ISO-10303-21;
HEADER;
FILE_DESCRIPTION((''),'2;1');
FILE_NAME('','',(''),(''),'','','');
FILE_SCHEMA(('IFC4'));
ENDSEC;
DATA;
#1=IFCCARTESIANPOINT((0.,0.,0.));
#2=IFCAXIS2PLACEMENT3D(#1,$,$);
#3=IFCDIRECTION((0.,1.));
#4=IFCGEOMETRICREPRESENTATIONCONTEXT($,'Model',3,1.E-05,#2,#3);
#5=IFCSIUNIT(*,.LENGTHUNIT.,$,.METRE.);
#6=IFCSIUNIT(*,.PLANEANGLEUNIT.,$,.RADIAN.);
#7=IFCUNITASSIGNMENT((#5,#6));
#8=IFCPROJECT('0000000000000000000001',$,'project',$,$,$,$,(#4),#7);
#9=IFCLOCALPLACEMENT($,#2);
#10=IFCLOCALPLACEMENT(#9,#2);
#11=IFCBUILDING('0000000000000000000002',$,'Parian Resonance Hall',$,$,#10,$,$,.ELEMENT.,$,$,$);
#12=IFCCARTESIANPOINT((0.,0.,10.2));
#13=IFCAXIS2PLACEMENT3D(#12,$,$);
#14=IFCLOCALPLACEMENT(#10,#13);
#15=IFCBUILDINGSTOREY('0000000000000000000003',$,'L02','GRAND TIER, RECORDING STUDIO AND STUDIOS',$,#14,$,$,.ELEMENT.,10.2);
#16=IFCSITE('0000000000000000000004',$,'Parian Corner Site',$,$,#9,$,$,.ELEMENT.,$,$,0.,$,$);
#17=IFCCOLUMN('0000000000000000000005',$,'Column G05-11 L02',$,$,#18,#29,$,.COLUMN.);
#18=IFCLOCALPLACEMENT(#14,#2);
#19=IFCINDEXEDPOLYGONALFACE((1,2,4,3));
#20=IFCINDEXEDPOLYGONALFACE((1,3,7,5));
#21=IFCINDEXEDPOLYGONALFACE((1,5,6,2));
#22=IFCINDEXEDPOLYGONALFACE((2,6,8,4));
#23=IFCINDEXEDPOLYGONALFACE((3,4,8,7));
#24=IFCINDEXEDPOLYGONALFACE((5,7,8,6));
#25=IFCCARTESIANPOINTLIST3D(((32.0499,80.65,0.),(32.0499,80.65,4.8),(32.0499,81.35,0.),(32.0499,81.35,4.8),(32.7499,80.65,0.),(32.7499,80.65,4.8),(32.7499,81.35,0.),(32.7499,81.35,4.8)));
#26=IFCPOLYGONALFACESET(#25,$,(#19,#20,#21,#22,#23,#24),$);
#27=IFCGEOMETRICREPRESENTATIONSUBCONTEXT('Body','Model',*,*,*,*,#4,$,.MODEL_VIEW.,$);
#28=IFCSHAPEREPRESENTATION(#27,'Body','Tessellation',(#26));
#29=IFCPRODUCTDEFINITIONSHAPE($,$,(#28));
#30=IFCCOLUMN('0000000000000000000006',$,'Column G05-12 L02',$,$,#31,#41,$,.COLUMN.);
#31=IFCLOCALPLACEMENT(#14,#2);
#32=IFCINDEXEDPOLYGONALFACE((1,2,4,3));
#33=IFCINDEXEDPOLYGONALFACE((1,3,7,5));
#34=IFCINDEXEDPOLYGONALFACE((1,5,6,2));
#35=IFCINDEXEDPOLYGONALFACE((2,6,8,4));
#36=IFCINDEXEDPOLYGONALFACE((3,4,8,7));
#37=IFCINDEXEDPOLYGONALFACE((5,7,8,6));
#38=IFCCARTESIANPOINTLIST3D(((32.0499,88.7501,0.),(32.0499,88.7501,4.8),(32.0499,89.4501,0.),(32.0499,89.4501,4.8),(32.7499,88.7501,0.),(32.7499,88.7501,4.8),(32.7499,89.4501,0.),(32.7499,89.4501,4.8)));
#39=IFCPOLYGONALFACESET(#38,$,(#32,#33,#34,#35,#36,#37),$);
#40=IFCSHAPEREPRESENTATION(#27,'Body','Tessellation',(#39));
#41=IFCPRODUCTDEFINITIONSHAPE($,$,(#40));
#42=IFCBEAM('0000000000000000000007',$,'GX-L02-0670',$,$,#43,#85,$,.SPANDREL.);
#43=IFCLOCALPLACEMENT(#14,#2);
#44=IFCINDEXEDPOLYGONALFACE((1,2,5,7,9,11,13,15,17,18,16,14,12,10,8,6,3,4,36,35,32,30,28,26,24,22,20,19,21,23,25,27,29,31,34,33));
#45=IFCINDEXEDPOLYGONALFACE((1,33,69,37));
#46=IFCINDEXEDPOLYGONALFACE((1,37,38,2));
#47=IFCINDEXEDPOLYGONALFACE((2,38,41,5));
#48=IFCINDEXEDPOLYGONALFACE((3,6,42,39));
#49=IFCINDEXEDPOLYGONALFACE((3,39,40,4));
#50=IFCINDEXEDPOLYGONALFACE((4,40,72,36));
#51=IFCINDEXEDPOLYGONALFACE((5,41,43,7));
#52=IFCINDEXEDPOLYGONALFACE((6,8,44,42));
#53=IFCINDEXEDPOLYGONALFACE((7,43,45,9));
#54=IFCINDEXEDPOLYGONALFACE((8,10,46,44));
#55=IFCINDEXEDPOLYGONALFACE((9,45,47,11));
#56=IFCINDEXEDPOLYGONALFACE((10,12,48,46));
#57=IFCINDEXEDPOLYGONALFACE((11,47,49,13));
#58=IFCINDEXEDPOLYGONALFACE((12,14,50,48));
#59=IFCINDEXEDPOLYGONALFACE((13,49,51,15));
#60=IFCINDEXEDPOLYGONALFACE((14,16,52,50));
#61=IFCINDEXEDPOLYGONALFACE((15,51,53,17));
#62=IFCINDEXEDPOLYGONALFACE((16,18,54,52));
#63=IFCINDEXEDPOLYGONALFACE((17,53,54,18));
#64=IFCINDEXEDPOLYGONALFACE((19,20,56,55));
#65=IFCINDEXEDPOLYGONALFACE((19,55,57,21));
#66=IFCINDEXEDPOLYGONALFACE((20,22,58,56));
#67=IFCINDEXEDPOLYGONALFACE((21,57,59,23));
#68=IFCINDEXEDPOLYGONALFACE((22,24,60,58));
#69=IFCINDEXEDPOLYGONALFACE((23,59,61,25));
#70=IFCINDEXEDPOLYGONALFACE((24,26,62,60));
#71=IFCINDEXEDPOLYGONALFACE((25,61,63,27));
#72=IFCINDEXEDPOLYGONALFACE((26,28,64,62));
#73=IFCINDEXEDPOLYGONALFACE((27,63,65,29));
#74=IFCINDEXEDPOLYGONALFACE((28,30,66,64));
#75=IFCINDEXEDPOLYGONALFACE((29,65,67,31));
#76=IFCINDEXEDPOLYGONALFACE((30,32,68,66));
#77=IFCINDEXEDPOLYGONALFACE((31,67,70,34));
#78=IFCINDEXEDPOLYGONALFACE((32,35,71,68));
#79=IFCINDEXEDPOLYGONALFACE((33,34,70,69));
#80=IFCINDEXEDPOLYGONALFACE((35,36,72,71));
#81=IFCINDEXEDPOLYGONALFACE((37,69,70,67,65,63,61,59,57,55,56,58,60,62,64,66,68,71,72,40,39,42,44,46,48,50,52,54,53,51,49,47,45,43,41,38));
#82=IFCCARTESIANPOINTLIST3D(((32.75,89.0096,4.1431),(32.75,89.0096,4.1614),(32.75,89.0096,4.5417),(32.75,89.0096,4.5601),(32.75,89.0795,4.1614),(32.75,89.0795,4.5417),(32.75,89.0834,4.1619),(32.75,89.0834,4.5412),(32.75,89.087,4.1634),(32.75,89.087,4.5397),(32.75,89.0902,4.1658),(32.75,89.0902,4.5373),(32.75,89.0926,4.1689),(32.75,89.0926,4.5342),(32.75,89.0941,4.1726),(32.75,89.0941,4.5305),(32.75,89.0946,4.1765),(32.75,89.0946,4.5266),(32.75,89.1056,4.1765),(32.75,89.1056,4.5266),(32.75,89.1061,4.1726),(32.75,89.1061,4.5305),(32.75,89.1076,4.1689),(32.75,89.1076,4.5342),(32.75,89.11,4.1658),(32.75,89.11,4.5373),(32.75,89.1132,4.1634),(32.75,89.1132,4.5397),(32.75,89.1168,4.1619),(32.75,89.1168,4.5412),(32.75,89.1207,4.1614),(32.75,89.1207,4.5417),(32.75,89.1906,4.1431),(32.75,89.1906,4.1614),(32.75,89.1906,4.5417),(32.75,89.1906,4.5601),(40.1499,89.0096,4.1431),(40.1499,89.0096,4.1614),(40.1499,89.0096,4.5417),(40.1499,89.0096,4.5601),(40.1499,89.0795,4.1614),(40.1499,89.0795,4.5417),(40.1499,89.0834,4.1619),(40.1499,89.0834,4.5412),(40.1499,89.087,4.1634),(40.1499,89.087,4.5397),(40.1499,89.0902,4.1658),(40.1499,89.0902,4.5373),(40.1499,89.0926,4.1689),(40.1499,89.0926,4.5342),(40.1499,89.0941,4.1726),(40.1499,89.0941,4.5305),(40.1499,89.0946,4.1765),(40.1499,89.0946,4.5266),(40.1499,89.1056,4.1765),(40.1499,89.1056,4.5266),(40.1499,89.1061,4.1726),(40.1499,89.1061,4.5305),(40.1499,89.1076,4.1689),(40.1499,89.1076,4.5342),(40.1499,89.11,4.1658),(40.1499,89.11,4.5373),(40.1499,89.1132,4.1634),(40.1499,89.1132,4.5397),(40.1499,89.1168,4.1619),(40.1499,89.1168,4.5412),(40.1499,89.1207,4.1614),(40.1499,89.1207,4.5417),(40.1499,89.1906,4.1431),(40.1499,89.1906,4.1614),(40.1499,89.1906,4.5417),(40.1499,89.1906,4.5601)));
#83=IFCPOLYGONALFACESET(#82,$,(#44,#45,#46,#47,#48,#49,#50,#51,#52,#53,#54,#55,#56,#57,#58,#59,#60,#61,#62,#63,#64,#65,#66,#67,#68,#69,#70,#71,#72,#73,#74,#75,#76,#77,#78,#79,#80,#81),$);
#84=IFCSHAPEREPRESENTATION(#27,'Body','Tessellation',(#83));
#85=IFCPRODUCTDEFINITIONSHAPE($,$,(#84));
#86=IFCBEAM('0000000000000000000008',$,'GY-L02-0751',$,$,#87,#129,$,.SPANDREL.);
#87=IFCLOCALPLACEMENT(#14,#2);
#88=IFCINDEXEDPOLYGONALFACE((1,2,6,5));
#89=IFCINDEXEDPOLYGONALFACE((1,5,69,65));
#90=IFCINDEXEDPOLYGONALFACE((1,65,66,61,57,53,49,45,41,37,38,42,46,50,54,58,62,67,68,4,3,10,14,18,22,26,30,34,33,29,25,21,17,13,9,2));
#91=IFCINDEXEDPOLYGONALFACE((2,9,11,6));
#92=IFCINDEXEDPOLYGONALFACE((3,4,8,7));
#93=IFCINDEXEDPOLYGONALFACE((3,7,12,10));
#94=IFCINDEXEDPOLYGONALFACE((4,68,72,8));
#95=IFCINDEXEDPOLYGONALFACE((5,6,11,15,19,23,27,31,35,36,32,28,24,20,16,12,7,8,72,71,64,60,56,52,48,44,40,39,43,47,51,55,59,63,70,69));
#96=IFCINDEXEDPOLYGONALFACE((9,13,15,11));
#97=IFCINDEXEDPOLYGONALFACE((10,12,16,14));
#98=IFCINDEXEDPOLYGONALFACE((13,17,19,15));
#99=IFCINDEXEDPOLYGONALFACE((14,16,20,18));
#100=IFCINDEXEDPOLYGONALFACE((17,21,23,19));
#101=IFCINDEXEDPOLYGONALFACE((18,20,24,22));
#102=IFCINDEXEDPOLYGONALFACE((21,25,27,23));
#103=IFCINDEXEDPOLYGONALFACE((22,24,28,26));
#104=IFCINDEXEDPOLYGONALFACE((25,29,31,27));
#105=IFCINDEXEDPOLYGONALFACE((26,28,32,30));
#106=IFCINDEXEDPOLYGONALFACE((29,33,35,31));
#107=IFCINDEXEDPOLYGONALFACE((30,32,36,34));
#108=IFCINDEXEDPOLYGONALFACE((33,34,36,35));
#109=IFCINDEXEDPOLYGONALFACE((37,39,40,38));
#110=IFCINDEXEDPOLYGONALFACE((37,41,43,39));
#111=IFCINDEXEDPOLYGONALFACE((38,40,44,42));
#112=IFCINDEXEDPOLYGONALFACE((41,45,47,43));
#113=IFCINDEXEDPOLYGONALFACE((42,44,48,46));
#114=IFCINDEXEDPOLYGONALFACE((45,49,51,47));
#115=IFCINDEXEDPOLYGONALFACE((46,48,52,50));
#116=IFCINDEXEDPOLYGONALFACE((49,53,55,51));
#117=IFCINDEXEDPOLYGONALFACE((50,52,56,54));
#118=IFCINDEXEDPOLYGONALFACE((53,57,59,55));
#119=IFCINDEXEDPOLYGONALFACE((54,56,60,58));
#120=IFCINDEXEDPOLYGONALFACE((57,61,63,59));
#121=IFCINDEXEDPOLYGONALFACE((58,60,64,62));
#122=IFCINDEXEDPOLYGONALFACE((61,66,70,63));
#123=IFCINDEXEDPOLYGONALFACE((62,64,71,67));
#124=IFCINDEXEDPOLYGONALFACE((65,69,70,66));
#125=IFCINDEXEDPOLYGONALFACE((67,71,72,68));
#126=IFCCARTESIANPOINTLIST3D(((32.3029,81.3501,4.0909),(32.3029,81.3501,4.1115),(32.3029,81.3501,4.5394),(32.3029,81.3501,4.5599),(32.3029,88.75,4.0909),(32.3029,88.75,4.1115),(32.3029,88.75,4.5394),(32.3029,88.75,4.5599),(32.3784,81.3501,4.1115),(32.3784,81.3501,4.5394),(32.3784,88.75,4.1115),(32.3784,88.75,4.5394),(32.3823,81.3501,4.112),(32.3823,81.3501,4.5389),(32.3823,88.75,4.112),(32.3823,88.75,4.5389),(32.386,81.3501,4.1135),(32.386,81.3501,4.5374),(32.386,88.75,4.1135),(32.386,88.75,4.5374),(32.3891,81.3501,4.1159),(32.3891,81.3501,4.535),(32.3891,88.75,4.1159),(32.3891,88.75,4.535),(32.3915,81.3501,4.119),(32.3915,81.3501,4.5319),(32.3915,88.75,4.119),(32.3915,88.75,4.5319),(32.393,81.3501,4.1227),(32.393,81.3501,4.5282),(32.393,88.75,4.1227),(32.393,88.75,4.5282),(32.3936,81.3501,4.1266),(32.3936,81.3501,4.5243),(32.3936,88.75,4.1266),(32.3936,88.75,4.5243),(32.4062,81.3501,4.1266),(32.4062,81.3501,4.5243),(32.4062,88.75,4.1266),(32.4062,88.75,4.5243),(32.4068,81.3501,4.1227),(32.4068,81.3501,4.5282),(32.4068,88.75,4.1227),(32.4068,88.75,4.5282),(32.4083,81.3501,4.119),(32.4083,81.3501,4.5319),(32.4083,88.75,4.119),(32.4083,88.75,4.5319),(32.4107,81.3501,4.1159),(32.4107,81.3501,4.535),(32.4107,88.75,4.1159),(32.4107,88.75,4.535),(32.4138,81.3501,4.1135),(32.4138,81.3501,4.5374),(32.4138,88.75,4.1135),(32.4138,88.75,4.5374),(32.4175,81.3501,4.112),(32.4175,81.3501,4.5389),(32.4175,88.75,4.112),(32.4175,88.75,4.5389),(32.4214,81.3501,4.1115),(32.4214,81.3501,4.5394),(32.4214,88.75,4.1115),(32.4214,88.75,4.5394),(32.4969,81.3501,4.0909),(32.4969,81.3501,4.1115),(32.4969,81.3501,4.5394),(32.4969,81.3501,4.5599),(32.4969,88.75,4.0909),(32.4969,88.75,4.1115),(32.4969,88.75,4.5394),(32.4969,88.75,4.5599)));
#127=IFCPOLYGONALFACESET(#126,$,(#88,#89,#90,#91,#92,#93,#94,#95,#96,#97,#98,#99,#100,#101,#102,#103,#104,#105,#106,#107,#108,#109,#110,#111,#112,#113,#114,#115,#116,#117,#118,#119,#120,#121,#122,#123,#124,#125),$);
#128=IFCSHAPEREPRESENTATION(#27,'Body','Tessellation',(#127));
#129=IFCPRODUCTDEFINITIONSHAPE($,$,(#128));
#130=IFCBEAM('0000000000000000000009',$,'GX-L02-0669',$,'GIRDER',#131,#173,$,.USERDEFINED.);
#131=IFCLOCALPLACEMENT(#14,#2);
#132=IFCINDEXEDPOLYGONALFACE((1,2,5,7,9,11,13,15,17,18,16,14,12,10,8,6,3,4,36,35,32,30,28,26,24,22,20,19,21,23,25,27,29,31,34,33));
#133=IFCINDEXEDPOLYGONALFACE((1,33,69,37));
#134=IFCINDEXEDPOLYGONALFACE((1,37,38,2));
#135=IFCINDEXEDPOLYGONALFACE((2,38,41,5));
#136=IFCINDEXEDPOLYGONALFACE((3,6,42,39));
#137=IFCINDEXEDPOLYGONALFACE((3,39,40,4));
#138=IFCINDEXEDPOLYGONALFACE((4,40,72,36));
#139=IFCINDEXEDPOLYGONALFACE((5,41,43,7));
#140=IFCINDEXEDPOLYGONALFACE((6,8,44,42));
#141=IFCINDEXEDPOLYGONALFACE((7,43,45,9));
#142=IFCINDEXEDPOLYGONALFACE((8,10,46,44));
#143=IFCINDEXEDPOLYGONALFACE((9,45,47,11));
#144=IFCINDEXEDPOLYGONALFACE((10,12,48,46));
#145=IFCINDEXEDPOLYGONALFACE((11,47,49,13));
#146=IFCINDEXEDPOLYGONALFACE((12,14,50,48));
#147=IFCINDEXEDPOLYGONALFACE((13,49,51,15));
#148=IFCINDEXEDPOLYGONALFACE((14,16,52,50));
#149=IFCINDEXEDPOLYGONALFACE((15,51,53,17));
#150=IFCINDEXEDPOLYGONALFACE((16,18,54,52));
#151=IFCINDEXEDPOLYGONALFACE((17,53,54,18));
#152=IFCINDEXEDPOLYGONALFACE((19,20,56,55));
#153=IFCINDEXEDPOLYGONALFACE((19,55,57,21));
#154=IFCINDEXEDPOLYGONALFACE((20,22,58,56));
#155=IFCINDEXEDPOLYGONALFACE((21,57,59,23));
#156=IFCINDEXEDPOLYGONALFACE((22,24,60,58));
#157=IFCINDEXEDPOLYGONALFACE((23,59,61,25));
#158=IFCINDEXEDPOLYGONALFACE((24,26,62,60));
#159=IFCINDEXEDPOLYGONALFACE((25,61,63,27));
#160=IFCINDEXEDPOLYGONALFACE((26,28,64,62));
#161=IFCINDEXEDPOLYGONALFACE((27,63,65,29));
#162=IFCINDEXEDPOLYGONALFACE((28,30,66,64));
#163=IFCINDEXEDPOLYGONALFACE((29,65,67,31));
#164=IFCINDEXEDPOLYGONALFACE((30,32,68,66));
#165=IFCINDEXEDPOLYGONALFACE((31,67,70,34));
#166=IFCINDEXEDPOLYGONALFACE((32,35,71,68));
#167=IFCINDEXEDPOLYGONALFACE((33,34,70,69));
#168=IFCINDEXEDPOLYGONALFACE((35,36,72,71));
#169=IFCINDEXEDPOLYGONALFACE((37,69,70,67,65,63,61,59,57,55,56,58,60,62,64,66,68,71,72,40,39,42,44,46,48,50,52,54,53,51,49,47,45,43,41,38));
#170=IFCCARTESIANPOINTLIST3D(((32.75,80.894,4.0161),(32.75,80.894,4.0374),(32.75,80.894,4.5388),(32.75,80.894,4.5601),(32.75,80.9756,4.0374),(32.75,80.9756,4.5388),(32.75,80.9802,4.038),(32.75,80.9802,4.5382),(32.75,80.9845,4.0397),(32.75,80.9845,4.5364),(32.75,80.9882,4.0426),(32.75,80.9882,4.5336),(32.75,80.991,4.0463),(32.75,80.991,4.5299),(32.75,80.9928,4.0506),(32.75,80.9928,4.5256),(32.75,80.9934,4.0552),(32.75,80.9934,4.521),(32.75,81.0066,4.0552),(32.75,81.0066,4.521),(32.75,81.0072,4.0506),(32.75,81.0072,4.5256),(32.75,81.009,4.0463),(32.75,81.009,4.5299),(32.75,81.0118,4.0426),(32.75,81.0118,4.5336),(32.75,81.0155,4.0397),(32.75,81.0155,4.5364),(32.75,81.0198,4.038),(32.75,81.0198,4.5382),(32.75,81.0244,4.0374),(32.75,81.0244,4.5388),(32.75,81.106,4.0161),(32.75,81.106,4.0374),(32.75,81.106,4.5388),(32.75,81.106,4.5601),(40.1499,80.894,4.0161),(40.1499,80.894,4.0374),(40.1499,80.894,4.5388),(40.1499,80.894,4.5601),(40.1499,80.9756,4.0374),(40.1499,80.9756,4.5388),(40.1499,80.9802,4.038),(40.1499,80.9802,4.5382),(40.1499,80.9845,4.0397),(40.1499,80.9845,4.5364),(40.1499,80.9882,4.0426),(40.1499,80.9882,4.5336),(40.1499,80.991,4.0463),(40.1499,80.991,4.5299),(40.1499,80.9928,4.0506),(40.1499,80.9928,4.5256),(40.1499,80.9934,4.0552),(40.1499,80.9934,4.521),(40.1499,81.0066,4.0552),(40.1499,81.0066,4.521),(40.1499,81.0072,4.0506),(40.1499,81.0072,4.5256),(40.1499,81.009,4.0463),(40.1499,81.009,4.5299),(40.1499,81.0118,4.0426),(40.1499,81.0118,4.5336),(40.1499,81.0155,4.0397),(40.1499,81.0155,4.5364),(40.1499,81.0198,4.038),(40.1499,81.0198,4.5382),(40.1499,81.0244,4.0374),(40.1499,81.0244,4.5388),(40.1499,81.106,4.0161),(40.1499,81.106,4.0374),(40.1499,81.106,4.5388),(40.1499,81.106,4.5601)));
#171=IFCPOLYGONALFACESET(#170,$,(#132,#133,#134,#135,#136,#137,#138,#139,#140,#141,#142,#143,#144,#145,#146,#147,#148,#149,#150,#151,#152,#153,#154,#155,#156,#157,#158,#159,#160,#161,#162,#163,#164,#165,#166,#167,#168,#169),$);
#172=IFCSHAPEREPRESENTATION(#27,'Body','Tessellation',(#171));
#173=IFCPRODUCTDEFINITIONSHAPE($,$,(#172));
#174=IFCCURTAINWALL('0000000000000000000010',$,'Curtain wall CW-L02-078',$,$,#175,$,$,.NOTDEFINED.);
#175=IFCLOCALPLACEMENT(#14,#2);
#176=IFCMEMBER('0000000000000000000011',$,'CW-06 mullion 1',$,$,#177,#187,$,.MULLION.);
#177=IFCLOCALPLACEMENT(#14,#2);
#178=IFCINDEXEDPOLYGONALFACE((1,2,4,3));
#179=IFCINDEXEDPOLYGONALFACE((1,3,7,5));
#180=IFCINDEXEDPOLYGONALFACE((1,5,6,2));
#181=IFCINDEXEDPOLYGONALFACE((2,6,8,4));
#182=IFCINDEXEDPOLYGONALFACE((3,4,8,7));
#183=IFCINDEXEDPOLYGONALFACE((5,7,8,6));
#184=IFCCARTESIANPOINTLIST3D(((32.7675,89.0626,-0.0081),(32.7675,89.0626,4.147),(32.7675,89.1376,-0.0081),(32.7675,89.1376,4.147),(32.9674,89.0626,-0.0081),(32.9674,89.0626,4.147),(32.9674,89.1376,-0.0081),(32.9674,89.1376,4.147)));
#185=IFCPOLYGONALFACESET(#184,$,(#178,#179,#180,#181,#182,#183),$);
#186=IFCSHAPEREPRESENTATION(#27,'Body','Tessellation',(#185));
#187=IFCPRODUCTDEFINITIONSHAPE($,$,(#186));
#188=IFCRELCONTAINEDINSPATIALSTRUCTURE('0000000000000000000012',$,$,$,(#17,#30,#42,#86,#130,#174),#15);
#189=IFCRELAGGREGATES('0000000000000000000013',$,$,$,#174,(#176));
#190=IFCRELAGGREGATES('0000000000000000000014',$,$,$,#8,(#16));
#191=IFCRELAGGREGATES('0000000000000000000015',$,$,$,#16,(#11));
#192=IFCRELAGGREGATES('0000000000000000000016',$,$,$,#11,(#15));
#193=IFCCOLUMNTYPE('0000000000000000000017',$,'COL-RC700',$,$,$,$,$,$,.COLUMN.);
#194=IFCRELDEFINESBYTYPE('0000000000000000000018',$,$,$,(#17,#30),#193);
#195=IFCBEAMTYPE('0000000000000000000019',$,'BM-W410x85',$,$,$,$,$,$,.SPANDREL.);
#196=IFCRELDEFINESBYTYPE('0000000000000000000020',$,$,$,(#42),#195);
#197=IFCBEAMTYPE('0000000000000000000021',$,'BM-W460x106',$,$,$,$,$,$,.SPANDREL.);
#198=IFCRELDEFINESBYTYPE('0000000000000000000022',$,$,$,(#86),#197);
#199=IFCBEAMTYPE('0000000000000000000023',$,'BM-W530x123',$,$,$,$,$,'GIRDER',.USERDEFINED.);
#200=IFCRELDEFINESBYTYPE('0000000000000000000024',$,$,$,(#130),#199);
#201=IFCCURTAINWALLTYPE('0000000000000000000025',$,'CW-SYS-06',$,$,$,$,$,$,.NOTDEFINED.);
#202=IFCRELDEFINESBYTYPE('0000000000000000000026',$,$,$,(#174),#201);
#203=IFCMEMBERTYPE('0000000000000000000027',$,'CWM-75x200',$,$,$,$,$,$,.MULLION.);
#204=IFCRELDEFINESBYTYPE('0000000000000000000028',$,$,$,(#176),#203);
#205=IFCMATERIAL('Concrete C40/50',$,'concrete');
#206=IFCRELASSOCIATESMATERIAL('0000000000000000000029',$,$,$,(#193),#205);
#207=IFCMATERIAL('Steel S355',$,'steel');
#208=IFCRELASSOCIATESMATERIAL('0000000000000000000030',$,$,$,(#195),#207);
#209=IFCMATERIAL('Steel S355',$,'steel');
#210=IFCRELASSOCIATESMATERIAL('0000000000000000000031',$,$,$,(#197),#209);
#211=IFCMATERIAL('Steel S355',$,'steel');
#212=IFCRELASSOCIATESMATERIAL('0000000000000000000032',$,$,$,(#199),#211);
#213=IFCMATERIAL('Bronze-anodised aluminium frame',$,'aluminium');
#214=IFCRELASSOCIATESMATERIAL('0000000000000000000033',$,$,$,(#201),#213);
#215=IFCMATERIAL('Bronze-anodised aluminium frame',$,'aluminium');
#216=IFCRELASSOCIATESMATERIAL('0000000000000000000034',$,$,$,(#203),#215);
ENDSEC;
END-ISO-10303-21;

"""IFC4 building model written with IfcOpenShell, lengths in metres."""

from ifc_helpers import new_model, si_unit, direction, frame, origin, origin_2d, place, context, subcontext, project, spatial, rectangle, i_section, extrude, material, material_profile, profile_set, type_object, element, aggregate, save


model = new_model("IFC4")

# Units and contexts
model_context = context("Model", 3, precision=1e-05, world=origin(), true_north=direction((0.0, 1.0)))
body_context = subcontext(model_context, "Body", "Model", "MODEL_VIEW")
ifc_project = project(units=[si_unit("LENGTHUNIT", "METRE"), si_unit("PLANEANGLEUNIT", "RADIAN")], contexts=[model_context])

# Site, building, storey
site_placement = place(None, origin())
site = spatial("IfcSite", under=ifc_project, at=site_placement, Name="Parian Corner Site", CompositionType="ELEMENT", RefElevation=0.0)
building_placement = place(site_placement, origin())
building = spatial("IfcBuilding", under=site, at=building_placement, Name="Parian Resonance Hall", CompositionType="ELEMENT")
storey_placement = place(building_placement, frame((0.0, 0.0, 10.2)))
storey = spatial("IfcBuildingStorey", under=building, at=storey_placement, Name="L02", Description="GRAND TIER, RECORDING STUDIO AND STUDIOS", CompositionType="ELEMENT", Elevation=10.2)

# Columns
ifc_material_1 = material(Name="Concrete C40/50", Category="concrete")
ifc_material_profile_1 = material_profile(ifc_material_1, rectangle(XDim=0.7, YDim=0.7, at=origin_2d()), Name="RC-COL-700x700")
ifc_profile_set_1 = profile_set([ifc_material_profile_1], Name="Concrete C40/50")
column_type = type_object("IfcColumnType", Name="COL-RC700", PredefinedType="COLUMN", material=ifc_profile_set_1)
for number, where, z_axis, x_axis, name in (
    (1, (32.3999, 81.0, 0.0), (0.0, 0.0, 1.0), (1.0, 0.0, 0.0), "Column G05-11 L02"),
    (2, (32.3999, 89.1001, 0.0), (0.0, 0.0, 1.0), (1.0, 0.0, 0.0), "Column G05-12 L02"),
):
    element("IfcColumn", number, at=place(storey_placement, frame(where, z_axis=z_axis, x_axis=x_axis)), inside=storey, type_object=column_type, Name=name, PredefinedType="COLUMN", context=body_context, shape_type="SweptSolid", body=[
        extrude(rectangle(XDim=0.7, YDim=0.7, at=origin_2d()), origin(), (0.0, 0.0, 1.0), 4.8),
    ])

# Beams
ifc_material_2 = material(Name="Steel S355", Category="steel")
ifc_material_profile_2 = material_profile(ifc_material_2, i_section(OverallWidth=0.1809, OverallDepth=0.417, WebThickness=0.011, FlangeThickness=0.0183, FilletRadius=0.0151, at=origin_2d()), Name="W410x85")
ifc_profile_set_2 = profile_set([ifc_material_profile_2], Name="Steel S355")
beam_type_1 = type_object("IfcBeamType", Name="BM-W410x85", PredefinedType="SPANDREL", material=ifc_profile_set_2)
beam_1_placement = place(storey_placement, frame((32.75, 89.1001, 4.3516), z_axis=(1.0, 0.0, 0.0), x_axis=(0.0, 1.0, 0.0)))
element("IfcBeam", 3, at=beam_1_placement, inside=storey, type_object=beam_type_1, Name="GX-L02-0670", PredefinedType="SPANDREL", context=body_context, shape_type="SweptSolid", body=[
    extrude(i_section(OverallWidth=0.1809, OverallDepth=0.417, WebThickness=0.011, FlangeThickness=0.0183, FilletRadius=0.0151, at=origin_2d()), origin(), (0.0, 0.0, 1.0), 7.3999),
])
ifc_material_3 = material(Name="Steel S355", Category="steel")
ifc_material_profile_3 = material_profile(ifc_material_3, i_section(OverallWidth=0.1941, OverallDepth=0.469, WebThickness=0.0127, FlangeThickness=0.0205, FilletRadius=0.0151, at=origin_2d()), Name="W460x106")
ifc_profile_set_3 = profile_set([ifc_material_profile_3], Name="Steel S355")
beam_type_2 = type_object("IfcBeamType", Name="BM-W460x106", PredefinedType="SPANDREL", material=ifc_profile_set_3)
beam_2_placement = place(storey_placement, frame((32.3999, 81.3501, 4.3254), z_axis=(0.0, 1.0, 0.0), x_axis=(-1.0, 0.0, 0.0)))
element("IfcBeam", 4, at=beam_2_placement, inside=storey, type_object=beam_type_2, Name="GY-L02-0751", PredefinedType="SPANDREL", context=body_context, shape_type="SweptSolid", body=[
    extrude(i_section(OverallWidth=0.1941, OverallDepth=0.469, WebThickness=0.0127, FlangeThickness=0.0205, FilletRadius=0.0151, at=origin_2d()), origin(), (0.0, 0.0, 1.0), 7.3999),
])
ifc_material_4 = material(Name="Steel S355", Category="steel")
ifc_material_profile_4 = material_profile(ifc_material_4, i_section(OverallWidth=0.2119, OverallDepth=0.5439, WebThickness=0.0132, FlangeThickness=0.0212, FilletRadius=0.0178, at=origin_2d()), Name="W530x123")
ifc_profile_set_4 = profile_set([ifc_material_profile_4], Name="Steel S355")
beam_type_3 = type_object("IfcBeamType", Name="BM-W530x123", ElementType="GIRDER", PredefinedType="USERDEFINED", material=ifc_profile_set_4)
beam_3_placement = place(storey_placement, frame((32.75, 81.0, 4.2881), z_axis=(1.0, 0.0, 0.0), x_axis=(0.0, 1.0, 0.0)))
element("IfcBeam", 5, at=beam_3_placement, inside=storey, type_object=beam_type_3, Name="GX-L02-0669", ObjectType="GIRDER", PredefinedType="USERDEFINED", context=body_context, shape_type="SweptSolid", body=[
    extrude(i_section(OverallWidth=0.2119, OverallDepth=0.5439, WebThickness=0.0132, FlangeThickness=0.0212, FilletRadius=0.0178, at=origin_2d()), origin(), (0.0, 0.0, 1.0), 7.3999),
])

# Curtain wall, member
ifc_material_5 = material(Name="Bronze-anodised aluminium frame", Category="aluminium")
curtain_wall_type = type_object("IfcCurtainWallType", Name="CW-SYS-06", PredefinedType="NOTDEFINED", material=ifc_material_5)
curtain_wall_placement = place(storey_placement, origin())
curtain_wall = element("IfcCurtainWall", 6, at=curtain_wall_placement, inside=storey, type_object=curtain_wall_type, Name="Curtain wall CW-L02-078", PredefinedType="NOTDEFINED")
ifc_material_6 = material(Name="Bronze-anodised aluminium frame", Category="aluminium")
ifc_material_profile_5 = material_profile(ifc_material_6, rectangle(XDim=0.075, YDim=0.2, at=origin_2d()), Name="CWM-75x200")
ifc_profile_set_5 = profile_set([ifc_material_profile_5], Name="Bronze-anodised aluminium frame")
member_type = type_object("IfcMemberType", Name="CWM-75x200", PredefinedType="MULLION", material=ifc_profile_set_5)
member_placement = place(storey_placement, frame((32.8674, 89.1001, -0.0081), z_axis=(0.0, 0.0, 1.0), x_axis=(0.0, 1.0, 0.0)))
member = element("IfcMember", 7, at=member_placement, type_object=member_type, Name="CW-06 mullion 1", PredefinedType="MULLION", context=body_context, shape_type="SweptSolid", body=[
    extrude(rectangle(XDim=0.075, YDim=0.2, at=origin_2d()), origin(), (0.0, 0.0, 1.0), 4.155),
])
aggregate(curtain_wall, [member])

save(model, "model.ifc")
